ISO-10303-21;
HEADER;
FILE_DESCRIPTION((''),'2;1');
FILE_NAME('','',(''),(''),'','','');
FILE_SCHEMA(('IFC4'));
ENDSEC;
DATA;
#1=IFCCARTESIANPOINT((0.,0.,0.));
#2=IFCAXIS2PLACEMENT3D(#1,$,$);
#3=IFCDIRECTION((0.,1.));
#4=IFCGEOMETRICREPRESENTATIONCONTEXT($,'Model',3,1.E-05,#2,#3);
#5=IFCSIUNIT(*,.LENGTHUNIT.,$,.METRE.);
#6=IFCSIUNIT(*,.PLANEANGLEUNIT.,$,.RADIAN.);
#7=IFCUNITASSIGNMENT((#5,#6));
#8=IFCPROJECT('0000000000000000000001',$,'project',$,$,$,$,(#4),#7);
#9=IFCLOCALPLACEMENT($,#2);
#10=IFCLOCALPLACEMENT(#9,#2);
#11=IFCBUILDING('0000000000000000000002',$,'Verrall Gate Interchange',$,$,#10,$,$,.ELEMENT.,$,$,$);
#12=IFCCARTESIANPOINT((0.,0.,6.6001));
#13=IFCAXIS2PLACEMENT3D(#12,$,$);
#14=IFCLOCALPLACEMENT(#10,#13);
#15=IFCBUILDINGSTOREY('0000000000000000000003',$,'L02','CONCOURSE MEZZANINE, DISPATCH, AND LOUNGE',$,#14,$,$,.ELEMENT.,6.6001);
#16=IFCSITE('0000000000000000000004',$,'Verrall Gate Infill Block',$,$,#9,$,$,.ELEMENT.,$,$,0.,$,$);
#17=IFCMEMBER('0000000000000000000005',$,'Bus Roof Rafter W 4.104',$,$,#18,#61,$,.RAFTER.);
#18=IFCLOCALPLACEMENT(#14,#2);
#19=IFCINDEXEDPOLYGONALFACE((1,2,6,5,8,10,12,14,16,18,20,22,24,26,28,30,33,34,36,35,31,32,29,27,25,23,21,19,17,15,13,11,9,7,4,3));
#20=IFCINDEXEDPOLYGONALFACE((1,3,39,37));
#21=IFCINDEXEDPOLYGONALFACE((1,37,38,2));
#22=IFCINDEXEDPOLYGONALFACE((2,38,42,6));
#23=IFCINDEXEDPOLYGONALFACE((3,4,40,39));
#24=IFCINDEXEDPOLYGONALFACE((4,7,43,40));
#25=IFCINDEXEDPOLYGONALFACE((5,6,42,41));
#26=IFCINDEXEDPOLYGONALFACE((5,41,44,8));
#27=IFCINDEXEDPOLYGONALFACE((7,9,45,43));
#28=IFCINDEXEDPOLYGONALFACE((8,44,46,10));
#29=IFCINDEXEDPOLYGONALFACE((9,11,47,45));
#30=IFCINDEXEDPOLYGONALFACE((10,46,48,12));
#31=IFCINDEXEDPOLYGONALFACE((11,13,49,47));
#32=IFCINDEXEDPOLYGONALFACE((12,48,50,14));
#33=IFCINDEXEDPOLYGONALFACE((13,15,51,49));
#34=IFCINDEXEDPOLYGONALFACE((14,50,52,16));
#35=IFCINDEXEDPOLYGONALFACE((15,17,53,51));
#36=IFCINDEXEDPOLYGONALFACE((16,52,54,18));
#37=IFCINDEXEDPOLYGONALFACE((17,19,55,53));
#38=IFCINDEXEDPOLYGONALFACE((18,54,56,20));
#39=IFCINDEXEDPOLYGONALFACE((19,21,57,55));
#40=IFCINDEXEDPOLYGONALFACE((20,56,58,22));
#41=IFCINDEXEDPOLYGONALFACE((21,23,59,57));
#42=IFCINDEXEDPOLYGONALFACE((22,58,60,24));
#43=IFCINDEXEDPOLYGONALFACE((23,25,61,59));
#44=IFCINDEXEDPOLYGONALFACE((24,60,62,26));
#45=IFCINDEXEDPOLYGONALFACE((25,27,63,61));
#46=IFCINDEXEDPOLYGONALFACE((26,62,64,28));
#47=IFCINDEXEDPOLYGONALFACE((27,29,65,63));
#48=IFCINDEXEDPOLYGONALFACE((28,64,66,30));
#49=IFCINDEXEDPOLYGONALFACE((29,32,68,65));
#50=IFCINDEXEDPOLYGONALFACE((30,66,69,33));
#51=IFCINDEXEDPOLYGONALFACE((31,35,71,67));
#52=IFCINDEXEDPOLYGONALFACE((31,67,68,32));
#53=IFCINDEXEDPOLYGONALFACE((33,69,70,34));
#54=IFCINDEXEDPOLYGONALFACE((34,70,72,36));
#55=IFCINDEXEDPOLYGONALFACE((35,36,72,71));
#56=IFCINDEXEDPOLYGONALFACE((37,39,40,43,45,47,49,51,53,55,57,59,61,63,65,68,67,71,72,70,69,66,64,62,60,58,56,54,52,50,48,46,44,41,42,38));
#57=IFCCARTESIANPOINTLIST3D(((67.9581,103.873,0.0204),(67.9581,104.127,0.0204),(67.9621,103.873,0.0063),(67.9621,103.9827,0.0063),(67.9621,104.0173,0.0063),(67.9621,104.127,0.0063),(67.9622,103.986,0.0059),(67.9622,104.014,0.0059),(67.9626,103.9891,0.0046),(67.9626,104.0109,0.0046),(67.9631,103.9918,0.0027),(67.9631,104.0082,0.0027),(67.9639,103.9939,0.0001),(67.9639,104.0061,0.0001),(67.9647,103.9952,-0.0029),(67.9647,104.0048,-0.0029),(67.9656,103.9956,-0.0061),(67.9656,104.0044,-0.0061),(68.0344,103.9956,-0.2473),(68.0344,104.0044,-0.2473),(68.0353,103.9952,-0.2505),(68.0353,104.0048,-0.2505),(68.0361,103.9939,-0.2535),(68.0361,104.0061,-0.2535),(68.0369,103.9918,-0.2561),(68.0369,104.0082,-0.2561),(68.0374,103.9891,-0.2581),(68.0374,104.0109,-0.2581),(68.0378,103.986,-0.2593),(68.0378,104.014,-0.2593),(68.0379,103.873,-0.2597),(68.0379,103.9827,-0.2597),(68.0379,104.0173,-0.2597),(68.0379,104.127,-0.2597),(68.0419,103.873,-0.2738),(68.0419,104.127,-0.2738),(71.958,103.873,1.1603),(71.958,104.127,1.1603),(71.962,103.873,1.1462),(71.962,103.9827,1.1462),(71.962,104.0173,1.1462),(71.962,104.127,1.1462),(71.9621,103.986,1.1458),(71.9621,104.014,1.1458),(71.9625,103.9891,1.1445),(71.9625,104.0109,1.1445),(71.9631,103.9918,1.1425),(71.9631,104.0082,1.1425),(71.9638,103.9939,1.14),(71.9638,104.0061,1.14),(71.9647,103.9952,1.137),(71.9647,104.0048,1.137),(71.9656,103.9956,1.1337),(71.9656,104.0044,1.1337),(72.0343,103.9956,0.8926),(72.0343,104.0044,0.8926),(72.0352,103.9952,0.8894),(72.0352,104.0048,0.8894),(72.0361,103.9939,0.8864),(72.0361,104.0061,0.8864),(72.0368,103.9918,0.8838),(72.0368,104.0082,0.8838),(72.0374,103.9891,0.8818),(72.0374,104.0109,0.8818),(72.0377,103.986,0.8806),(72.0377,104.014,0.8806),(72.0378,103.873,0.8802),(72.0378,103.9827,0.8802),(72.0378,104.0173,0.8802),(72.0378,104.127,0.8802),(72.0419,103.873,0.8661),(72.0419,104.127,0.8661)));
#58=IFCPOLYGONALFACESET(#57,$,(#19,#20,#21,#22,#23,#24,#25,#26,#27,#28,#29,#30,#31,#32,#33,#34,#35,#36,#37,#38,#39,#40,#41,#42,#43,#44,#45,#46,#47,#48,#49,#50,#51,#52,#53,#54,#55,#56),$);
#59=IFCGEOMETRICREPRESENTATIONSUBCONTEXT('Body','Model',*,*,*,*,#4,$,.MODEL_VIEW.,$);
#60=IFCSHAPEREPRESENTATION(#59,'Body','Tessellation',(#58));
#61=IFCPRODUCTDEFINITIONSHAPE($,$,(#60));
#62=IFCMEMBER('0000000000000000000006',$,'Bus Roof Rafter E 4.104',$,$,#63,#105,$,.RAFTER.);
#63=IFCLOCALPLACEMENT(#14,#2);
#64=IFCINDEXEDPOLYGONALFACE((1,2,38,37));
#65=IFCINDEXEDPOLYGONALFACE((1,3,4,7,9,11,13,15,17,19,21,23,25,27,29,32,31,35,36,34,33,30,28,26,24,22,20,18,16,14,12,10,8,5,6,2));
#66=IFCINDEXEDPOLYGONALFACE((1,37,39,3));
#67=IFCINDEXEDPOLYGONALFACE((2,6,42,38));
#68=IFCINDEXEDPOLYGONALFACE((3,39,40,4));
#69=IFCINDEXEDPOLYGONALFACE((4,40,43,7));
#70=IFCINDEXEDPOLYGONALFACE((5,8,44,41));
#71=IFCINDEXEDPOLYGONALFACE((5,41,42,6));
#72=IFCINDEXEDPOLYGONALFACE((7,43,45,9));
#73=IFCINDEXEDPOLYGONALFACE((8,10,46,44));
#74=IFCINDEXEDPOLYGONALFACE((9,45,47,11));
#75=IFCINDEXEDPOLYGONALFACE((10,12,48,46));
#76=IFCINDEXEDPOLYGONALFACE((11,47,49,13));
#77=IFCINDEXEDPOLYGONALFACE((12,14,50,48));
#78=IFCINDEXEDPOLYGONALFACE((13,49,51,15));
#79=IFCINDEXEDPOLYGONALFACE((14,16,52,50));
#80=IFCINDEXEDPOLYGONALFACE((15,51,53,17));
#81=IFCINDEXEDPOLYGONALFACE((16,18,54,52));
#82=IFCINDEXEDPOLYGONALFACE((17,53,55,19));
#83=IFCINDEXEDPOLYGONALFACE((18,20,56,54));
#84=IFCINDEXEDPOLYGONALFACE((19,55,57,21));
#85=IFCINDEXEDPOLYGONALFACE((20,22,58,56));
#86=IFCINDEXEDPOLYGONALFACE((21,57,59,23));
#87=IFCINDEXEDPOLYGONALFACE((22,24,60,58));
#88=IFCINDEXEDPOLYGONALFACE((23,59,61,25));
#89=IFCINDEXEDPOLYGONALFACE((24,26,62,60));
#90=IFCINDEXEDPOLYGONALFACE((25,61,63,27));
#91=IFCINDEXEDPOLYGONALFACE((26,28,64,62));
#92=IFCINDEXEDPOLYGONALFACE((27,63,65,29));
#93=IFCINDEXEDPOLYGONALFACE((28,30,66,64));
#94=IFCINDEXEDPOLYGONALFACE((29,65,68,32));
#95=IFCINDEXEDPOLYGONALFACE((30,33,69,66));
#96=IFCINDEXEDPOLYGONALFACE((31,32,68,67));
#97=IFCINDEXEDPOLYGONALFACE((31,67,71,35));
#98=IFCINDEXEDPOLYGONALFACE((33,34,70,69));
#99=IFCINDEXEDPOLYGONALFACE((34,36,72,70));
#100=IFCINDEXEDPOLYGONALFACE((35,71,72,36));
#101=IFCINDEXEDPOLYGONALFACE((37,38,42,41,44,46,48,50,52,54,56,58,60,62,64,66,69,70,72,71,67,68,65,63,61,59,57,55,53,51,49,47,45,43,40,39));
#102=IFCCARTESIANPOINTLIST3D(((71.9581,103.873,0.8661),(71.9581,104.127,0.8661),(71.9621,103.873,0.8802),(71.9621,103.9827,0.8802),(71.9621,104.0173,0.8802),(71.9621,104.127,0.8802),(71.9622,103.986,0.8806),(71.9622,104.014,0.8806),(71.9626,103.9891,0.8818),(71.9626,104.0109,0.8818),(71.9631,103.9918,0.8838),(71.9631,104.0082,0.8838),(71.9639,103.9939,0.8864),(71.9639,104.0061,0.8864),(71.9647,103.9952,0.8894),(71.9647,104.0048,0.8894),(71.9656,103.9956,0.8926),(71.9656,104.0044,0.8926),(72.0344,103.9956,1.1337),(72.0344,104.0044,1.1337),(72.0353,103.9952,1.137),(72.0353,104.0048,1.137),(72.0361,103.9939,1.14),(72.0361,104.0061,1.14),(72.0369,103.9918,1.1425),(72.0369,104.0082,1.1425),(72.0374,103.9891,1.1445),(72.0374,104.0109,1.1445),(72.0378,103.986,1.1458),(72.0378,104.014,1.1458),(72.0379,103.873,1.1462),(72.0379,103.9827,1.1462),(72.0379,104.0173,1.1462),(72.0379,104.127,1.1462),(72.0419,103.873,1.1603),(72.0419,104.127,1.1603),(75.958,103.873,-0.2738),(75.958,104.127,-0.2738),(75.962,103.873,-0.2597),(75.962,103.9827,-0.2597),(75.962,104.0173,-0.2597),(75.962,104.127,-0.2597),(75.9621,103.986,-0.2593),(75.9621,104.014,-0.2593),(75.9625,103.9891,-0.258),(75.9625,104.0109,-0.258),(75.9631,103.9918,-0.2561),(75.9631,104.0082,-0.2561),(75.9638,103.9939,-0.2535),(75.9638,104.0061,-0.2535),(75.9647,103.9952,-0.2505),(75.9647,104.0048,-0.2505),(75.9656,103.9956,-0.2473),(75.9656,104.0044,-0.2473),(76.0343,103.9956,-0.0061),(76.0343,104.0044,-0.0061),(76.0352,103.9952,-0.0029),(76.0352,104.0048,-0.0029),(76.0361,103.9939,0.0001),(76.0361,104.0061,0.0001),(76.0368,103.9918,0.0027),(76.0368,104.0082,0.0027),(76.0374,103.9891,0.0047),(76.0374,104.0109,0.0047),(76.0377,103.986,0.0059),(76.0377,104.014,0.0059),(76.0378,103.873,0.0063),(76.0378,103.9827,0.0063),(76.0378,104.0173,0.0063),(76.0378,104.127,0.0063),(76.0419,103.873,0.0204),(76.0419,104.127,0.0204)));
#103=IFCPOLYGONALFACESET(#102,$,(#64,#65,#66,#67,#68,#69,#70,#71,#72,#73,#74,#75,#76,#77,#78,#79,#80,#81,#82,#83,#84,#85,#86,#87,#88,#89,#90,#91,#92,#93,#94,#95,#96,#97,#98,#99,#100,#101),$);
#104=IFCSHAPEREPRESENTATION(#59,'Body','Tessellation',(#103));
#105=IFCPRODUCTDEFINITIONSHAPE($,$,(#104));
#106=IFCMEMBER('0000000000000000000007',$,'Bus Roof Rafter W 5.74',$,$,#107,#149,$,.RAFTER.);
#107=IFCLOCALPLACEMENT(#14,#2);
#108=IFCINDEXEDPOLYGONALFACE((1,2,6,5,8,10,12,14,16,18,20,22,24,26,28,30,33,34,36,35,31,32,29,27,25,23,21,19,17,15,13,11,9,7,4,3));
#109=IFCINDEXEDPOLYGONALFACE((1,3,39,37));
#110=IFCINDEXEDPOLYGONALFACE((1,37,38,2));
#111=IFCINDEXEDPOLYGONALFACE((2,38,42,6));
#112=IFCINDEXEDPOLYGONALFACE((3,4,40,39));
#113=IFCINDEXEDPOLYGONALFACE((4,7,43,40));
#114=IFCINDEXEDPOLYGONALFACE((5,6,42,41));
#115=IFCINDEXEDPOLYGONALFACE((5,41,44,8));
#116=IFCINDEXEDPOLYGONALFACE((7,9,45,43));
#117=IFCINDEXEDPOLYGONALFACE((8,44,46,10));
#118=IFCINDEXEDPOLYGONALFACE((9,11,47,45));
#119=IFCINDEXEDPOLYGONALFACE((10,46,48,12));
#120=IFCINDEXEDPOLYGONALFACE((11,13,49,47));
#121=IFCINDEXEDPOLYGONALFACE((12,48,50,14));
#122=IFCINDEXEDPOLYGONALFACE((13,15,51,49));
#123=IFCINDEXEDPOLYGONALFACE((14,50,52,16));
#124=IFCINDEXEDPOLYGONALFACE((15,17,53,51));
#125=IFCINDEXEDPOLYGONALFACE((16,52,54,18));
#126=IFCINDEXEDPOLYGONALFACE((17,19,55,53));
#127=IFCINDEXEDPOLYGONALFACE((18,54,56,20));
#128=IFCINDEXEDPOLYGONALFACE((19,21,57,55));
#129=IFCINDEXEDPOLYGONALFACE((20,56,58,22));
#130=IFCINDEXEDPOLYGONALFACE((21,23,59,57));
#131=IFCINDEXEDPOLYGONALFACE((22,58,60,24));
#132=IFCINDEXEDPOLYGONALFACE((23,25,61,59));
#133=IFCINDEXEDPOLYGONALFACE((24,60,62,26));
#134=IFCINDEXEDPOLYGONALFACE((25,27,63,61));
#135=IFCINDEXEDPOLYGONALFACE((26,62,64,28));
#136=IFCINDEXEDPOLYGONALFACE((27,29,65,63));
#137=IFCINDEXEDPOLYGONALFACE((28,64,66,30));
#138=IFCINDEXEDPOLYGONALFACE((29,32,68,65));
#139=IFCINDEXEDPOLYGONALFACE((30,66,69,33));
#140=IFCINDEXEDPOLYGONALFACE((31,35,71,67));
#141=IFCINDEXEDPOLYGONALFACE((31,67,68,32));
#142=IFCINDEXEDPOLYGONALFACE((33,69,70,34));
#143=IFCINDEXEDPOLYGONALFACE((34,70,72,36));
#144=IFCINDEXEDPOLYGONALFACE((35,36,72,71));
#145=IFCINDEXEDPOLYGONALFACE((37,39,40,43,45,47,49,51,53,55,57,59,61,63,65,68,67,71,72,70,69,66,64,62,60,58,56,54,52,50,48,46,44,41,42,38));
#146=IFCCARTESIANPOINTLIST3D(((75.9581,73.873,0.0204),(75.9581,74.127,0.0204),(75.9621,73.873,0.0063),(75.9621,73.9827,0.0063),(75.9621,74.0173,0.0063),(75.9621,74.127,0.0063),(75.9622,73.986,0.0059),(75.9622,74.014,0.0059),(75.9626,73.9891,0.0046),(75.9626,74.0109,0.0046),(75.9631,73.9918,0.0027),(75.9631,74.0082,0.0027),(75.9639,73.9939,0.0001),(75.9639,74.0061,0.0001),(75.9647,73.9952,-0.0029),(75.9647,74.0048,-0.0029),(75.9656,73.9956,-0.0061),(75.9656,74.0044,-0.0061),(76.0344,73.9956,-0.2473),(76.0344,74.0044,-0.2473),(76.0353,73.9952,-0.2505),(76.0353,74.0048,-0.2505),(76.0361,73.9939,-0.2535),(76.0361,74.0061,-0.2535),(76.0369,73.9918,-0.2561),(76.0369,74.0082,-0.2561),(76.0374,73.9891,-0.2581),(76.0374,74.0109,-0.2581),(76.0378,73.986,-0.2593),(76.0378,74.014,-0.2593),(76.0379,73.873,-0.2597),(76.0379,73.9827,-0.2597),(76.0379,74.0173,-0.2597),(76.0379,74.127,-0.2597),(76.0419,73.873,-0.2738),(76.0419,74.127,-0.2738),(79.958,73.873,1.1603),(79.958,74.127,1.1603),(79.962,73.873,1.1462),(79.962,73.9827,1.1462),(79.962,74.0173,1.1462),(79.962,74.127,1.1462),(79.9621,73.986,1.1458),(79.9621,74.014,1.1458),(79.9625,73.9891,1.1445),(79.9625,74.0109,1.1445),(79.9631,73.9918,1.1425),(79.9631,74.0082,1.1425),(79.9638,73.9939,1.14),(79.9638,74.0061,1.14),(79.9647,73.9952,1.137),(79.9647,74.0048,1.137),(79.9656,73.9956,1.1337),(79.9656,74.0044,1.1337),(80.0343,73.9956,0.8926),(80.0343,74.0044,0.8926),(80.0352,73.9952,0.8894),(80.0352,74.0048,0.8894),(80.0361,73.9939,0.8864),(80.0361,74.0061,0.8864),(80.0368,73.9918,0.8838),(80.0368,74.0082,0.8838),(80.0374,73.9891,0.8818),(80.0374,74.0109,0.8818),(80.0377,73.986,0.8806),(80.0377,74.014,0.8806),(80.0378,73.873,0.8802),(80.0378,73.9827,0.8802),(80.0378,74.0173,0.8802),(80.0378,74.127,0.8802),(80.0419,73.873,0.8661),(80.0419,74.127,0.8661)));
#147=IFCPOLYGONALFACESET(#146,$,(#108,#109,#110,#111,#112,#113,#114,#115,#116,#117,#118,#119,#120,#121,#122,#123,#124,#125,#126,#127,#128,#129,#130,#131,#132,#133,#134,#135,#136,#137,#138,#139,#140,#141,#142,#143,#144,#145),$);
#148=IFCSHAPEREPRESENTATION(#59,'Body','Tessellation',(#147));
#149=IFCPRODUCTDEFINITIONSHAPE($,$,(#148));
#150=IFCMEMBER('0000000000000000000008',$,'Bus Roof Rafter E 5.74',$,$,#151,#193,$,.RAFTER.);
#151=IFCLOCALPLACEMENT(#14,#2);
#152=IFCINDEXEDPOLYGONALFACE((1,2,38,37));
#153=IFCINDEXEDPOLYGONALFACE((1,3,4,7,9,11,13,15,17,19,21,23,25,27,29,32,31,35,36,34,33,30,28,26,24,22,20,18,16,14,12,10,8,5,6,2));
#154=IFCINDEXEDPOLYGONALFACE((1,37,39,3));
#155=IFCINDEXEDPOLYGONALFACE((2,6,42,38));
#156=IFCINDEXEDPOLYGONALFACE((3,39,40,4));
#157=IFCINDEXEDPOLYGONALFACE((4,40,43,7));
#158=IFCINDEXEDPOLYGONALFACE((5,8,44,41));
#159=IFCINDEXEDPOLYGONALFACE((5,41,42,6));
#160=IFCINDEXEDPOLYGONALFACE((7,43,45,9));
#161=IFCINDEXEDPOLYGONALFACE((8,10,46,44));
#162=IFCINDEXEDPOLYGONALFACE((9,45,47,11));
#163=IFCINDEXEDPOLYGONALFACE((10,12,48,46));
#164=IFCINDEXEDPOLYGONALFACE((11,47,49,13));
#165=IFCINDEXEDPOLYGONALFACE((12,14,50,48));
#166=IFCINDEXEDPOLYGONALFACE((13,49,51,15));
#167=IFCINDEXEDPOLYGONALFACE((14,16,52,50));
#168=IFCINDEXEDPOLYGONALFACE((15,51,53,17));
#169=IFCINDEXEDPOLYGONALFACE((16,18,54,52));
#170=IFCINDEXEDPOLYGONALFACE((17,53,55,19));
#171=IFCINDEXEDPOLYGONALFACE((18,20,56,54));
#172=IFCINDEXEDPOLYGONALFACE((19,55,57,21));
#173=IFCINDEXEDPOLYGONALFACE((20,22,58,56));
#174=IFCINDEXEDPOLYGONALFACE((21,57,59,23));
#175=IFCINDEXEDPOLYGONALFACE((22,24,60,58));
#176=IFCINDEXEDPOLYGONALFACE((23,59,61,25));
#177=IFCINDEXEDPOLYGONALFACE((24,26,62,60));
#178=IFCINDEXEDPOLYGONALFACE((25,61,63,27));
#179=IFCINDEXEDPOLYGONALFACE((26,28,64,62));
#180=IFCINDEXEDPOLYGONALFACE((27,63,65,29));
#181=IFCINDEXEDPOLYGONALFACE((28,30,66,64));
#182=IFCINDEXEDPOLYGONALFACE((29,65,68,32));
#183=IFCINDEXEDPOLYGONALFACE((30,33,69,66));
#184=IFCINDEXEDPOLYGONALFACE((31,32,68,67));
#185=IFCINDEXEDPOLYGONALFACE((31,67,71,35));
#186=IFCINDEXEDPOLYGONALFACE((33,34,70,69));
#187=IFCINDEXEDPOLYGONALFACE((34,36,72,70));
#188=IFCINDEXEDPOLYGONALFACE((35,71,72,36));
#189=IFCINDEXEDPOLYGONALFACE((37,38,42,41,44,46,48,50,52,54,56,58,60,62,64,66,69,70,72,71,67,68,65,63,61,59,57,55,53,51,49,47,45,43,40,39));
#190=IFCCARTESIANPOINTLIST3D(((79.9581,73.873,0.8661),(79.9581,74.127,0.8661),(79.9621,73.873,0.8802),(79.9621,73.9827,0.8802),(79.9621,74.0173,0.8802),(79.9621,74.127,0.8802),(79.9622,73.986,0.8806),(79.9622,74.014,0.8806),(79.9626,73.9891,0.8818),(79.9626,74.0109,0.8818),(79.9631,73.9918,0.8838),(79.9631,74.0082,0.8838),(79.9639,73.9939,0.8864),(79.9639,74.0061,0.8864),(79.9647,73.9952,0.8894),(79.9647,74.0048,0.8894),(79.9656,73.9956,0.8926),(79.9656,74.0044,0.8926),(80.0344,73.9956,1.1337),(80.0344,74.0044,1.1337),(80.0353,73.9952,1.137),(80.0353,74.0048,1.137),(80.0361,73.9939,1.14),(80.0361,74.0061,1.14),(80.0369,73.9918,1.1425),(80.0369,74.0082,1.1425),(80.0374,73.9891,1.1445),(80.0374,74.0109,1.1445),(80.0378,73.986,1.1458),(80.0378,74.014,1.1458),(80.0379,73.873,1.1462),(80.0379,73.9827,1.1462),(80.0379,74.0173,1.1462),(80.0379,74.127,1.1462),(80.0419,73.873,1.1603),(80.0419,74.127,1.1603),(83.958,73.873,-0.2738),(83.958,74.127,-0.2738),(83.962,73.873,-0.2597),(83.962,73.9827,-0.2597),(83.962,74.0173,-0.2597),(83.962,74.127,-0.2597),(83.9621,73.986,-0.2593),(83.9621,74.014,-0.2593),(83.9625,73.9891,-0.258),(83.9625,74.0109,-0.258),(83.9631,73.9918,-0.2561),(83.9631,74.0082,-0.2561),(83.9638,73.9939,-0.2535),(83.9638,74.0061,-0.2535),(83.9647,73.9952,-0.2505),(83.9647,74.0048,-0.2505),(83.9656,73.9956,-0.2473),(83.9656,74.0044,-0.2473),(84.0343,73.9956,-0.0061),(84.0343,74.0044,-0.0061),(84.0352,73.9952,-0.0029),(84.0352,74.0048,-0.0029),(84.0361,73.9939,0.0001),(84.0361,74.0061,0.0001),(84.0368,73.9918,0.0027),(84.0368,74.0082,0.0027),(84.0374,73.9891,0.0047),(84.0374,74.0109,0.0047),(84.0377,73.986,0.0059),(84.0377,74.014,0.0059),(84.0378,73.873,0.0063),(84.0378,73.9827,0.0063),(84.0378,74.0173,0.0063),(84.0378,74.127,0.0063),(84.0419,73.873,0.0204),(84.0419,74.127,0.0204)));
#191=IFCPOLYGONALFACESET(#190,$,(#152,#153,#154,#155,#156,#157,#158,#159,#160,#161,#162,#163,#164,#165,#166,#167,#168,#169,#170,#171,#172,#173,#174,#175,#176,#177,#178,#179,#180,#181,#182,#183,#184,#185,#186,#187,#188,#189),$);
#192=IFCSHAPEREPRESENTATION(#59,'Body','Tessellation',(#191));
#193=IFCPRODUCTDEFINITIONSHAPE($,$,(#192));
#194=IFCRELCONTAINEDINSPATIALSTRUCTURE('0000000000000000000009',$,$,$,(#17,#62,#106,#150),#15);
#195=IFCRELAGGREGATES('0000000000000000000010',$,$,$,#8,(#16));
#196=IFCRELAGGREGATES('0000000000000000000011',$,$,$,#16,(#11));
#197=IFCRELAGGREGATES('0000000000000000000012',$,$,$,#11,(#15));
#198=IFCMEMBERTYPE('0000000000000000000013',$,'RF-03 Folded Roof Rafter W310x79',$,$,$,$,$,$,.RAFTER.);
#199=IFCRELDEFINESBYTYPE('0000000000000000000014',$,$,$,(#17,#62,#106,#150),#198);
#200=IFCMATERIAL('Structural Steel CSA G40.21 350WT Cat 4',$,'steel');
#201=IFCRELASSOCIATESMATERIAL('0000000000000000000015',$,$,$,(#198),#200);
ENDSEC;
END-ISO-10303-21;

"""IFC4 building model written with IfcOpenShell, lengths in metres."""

from ifc_helpers import new_model, si_unit, direction, frame, origin, origin_2d, place, context, subcontext, project, spatial, i_section, extrude, material, material_profile, profile_set, type_object, element, save


model = new_model("IFC4")

# Units and contexts
model_context = context("Model", 3, precision=1e-05, world=origin(), true_north=direction((0.0, 1.0)))
body_context = subcontext(model_context, "Body", "Model", "MODEL_VIEW")
ifc_project = project(units=[si_unit("LENGTHUNIT", "METRE"), si_unit("PLANEANGLEUNIT", "RADIAN")], contexts=[model_context])

# Site, building, storey
site_placement = place(None, origin())
site = spatial("IfcSite", under=ifc_project, at=site_placement, Name="Verrall Gate Infill Block", CompositionType="ELEMENT", RefElevation=0.0)
building_placement = place(site_placement, origin())
building = spatial("IfcBuilding", under=site, at=building_placement, Name="Verrall Gate Interchange", CompositionType="ELEMENT")
storey_placement = place(building_placement, frame((0.0, 0.0, 6.6001)))
storey = spatial("IfcBuildingStorey", under=building, at=storey_placement, Name="L02", Description="CONCOURSE MEZZANINE, DISPATCH, AND LOUNGE", CompositionType="ELEMENT", Elevation=6.6001)

# Members
ifc_material_1 = material(Name="Structural Steel CSA G40.21 350WT Cat 4", Category="steel")
ifc_material_profile_1 = material_profile(ifc_material_1, i_section(OverallWidth=0.2539, OverallDepth=0.3059, WebThickness=0.0088, FlangeThickness=0.0146, FilletRadius=0.0129, at=origin_2d()), Name="W310x79")
ifc_profile_set_1 = profile_set([ifc_material_profile_1], Name="Structural Steel CSA G40.21 350WT Cat 4")
member_type_1 = type_object("IfcMemberType", Name="RF-03 Folded Roof Rafter W310x79", PredefinedType="RAFTER", material=ifc_profile_set_1)
for number, where, z_axis, x_axis, name in (
    (1, (68.0, 104.0, -0.1267), (0.961712, 0.0, 0.274062), (0.0, 1.0, 0.0), "Bus Roof Rafter W 4.104"),
    (2, (72.0, 104.0, 1.0132), (0.961712, 0.0, -0.274062), (0.0, 1.0, 0.0), "Bus Roof Rafter E 4.104"),
    (3, (76.0, 74.0, -0.1267), (0.961712, 0.0, 0.274062), (0.0, 1.0, 0.0), "Bus Roof Rafter W 5.74"),
    (4, (80.0, 74.0, 1.0132), (0.961712, 0.0, -0.274062), (0.0, 1.0, 0.0), "Bus Roof Rafter E 5.74"),
):
    element("IfcMember", number, at=place(storey_placement, frame(where, z_axis=z_axis, x_axis=x_axis)), inside=storey, type_object=member_type_1, Name=name, PredefinedType="RAFTER", context=body_context, shape_type="SweptSolid", body=[
        extrude(i_section(OverallWidth=0.2539, OverallDepth=0.3059, WebThickness=0.0088, FlangeThickness=0.0146, FilletRadius=0.0129, at=origin_2d()), origin(), (0.0, 0.0, 1.0), 4.1592),
    ])

save(model, "model.ifc")
